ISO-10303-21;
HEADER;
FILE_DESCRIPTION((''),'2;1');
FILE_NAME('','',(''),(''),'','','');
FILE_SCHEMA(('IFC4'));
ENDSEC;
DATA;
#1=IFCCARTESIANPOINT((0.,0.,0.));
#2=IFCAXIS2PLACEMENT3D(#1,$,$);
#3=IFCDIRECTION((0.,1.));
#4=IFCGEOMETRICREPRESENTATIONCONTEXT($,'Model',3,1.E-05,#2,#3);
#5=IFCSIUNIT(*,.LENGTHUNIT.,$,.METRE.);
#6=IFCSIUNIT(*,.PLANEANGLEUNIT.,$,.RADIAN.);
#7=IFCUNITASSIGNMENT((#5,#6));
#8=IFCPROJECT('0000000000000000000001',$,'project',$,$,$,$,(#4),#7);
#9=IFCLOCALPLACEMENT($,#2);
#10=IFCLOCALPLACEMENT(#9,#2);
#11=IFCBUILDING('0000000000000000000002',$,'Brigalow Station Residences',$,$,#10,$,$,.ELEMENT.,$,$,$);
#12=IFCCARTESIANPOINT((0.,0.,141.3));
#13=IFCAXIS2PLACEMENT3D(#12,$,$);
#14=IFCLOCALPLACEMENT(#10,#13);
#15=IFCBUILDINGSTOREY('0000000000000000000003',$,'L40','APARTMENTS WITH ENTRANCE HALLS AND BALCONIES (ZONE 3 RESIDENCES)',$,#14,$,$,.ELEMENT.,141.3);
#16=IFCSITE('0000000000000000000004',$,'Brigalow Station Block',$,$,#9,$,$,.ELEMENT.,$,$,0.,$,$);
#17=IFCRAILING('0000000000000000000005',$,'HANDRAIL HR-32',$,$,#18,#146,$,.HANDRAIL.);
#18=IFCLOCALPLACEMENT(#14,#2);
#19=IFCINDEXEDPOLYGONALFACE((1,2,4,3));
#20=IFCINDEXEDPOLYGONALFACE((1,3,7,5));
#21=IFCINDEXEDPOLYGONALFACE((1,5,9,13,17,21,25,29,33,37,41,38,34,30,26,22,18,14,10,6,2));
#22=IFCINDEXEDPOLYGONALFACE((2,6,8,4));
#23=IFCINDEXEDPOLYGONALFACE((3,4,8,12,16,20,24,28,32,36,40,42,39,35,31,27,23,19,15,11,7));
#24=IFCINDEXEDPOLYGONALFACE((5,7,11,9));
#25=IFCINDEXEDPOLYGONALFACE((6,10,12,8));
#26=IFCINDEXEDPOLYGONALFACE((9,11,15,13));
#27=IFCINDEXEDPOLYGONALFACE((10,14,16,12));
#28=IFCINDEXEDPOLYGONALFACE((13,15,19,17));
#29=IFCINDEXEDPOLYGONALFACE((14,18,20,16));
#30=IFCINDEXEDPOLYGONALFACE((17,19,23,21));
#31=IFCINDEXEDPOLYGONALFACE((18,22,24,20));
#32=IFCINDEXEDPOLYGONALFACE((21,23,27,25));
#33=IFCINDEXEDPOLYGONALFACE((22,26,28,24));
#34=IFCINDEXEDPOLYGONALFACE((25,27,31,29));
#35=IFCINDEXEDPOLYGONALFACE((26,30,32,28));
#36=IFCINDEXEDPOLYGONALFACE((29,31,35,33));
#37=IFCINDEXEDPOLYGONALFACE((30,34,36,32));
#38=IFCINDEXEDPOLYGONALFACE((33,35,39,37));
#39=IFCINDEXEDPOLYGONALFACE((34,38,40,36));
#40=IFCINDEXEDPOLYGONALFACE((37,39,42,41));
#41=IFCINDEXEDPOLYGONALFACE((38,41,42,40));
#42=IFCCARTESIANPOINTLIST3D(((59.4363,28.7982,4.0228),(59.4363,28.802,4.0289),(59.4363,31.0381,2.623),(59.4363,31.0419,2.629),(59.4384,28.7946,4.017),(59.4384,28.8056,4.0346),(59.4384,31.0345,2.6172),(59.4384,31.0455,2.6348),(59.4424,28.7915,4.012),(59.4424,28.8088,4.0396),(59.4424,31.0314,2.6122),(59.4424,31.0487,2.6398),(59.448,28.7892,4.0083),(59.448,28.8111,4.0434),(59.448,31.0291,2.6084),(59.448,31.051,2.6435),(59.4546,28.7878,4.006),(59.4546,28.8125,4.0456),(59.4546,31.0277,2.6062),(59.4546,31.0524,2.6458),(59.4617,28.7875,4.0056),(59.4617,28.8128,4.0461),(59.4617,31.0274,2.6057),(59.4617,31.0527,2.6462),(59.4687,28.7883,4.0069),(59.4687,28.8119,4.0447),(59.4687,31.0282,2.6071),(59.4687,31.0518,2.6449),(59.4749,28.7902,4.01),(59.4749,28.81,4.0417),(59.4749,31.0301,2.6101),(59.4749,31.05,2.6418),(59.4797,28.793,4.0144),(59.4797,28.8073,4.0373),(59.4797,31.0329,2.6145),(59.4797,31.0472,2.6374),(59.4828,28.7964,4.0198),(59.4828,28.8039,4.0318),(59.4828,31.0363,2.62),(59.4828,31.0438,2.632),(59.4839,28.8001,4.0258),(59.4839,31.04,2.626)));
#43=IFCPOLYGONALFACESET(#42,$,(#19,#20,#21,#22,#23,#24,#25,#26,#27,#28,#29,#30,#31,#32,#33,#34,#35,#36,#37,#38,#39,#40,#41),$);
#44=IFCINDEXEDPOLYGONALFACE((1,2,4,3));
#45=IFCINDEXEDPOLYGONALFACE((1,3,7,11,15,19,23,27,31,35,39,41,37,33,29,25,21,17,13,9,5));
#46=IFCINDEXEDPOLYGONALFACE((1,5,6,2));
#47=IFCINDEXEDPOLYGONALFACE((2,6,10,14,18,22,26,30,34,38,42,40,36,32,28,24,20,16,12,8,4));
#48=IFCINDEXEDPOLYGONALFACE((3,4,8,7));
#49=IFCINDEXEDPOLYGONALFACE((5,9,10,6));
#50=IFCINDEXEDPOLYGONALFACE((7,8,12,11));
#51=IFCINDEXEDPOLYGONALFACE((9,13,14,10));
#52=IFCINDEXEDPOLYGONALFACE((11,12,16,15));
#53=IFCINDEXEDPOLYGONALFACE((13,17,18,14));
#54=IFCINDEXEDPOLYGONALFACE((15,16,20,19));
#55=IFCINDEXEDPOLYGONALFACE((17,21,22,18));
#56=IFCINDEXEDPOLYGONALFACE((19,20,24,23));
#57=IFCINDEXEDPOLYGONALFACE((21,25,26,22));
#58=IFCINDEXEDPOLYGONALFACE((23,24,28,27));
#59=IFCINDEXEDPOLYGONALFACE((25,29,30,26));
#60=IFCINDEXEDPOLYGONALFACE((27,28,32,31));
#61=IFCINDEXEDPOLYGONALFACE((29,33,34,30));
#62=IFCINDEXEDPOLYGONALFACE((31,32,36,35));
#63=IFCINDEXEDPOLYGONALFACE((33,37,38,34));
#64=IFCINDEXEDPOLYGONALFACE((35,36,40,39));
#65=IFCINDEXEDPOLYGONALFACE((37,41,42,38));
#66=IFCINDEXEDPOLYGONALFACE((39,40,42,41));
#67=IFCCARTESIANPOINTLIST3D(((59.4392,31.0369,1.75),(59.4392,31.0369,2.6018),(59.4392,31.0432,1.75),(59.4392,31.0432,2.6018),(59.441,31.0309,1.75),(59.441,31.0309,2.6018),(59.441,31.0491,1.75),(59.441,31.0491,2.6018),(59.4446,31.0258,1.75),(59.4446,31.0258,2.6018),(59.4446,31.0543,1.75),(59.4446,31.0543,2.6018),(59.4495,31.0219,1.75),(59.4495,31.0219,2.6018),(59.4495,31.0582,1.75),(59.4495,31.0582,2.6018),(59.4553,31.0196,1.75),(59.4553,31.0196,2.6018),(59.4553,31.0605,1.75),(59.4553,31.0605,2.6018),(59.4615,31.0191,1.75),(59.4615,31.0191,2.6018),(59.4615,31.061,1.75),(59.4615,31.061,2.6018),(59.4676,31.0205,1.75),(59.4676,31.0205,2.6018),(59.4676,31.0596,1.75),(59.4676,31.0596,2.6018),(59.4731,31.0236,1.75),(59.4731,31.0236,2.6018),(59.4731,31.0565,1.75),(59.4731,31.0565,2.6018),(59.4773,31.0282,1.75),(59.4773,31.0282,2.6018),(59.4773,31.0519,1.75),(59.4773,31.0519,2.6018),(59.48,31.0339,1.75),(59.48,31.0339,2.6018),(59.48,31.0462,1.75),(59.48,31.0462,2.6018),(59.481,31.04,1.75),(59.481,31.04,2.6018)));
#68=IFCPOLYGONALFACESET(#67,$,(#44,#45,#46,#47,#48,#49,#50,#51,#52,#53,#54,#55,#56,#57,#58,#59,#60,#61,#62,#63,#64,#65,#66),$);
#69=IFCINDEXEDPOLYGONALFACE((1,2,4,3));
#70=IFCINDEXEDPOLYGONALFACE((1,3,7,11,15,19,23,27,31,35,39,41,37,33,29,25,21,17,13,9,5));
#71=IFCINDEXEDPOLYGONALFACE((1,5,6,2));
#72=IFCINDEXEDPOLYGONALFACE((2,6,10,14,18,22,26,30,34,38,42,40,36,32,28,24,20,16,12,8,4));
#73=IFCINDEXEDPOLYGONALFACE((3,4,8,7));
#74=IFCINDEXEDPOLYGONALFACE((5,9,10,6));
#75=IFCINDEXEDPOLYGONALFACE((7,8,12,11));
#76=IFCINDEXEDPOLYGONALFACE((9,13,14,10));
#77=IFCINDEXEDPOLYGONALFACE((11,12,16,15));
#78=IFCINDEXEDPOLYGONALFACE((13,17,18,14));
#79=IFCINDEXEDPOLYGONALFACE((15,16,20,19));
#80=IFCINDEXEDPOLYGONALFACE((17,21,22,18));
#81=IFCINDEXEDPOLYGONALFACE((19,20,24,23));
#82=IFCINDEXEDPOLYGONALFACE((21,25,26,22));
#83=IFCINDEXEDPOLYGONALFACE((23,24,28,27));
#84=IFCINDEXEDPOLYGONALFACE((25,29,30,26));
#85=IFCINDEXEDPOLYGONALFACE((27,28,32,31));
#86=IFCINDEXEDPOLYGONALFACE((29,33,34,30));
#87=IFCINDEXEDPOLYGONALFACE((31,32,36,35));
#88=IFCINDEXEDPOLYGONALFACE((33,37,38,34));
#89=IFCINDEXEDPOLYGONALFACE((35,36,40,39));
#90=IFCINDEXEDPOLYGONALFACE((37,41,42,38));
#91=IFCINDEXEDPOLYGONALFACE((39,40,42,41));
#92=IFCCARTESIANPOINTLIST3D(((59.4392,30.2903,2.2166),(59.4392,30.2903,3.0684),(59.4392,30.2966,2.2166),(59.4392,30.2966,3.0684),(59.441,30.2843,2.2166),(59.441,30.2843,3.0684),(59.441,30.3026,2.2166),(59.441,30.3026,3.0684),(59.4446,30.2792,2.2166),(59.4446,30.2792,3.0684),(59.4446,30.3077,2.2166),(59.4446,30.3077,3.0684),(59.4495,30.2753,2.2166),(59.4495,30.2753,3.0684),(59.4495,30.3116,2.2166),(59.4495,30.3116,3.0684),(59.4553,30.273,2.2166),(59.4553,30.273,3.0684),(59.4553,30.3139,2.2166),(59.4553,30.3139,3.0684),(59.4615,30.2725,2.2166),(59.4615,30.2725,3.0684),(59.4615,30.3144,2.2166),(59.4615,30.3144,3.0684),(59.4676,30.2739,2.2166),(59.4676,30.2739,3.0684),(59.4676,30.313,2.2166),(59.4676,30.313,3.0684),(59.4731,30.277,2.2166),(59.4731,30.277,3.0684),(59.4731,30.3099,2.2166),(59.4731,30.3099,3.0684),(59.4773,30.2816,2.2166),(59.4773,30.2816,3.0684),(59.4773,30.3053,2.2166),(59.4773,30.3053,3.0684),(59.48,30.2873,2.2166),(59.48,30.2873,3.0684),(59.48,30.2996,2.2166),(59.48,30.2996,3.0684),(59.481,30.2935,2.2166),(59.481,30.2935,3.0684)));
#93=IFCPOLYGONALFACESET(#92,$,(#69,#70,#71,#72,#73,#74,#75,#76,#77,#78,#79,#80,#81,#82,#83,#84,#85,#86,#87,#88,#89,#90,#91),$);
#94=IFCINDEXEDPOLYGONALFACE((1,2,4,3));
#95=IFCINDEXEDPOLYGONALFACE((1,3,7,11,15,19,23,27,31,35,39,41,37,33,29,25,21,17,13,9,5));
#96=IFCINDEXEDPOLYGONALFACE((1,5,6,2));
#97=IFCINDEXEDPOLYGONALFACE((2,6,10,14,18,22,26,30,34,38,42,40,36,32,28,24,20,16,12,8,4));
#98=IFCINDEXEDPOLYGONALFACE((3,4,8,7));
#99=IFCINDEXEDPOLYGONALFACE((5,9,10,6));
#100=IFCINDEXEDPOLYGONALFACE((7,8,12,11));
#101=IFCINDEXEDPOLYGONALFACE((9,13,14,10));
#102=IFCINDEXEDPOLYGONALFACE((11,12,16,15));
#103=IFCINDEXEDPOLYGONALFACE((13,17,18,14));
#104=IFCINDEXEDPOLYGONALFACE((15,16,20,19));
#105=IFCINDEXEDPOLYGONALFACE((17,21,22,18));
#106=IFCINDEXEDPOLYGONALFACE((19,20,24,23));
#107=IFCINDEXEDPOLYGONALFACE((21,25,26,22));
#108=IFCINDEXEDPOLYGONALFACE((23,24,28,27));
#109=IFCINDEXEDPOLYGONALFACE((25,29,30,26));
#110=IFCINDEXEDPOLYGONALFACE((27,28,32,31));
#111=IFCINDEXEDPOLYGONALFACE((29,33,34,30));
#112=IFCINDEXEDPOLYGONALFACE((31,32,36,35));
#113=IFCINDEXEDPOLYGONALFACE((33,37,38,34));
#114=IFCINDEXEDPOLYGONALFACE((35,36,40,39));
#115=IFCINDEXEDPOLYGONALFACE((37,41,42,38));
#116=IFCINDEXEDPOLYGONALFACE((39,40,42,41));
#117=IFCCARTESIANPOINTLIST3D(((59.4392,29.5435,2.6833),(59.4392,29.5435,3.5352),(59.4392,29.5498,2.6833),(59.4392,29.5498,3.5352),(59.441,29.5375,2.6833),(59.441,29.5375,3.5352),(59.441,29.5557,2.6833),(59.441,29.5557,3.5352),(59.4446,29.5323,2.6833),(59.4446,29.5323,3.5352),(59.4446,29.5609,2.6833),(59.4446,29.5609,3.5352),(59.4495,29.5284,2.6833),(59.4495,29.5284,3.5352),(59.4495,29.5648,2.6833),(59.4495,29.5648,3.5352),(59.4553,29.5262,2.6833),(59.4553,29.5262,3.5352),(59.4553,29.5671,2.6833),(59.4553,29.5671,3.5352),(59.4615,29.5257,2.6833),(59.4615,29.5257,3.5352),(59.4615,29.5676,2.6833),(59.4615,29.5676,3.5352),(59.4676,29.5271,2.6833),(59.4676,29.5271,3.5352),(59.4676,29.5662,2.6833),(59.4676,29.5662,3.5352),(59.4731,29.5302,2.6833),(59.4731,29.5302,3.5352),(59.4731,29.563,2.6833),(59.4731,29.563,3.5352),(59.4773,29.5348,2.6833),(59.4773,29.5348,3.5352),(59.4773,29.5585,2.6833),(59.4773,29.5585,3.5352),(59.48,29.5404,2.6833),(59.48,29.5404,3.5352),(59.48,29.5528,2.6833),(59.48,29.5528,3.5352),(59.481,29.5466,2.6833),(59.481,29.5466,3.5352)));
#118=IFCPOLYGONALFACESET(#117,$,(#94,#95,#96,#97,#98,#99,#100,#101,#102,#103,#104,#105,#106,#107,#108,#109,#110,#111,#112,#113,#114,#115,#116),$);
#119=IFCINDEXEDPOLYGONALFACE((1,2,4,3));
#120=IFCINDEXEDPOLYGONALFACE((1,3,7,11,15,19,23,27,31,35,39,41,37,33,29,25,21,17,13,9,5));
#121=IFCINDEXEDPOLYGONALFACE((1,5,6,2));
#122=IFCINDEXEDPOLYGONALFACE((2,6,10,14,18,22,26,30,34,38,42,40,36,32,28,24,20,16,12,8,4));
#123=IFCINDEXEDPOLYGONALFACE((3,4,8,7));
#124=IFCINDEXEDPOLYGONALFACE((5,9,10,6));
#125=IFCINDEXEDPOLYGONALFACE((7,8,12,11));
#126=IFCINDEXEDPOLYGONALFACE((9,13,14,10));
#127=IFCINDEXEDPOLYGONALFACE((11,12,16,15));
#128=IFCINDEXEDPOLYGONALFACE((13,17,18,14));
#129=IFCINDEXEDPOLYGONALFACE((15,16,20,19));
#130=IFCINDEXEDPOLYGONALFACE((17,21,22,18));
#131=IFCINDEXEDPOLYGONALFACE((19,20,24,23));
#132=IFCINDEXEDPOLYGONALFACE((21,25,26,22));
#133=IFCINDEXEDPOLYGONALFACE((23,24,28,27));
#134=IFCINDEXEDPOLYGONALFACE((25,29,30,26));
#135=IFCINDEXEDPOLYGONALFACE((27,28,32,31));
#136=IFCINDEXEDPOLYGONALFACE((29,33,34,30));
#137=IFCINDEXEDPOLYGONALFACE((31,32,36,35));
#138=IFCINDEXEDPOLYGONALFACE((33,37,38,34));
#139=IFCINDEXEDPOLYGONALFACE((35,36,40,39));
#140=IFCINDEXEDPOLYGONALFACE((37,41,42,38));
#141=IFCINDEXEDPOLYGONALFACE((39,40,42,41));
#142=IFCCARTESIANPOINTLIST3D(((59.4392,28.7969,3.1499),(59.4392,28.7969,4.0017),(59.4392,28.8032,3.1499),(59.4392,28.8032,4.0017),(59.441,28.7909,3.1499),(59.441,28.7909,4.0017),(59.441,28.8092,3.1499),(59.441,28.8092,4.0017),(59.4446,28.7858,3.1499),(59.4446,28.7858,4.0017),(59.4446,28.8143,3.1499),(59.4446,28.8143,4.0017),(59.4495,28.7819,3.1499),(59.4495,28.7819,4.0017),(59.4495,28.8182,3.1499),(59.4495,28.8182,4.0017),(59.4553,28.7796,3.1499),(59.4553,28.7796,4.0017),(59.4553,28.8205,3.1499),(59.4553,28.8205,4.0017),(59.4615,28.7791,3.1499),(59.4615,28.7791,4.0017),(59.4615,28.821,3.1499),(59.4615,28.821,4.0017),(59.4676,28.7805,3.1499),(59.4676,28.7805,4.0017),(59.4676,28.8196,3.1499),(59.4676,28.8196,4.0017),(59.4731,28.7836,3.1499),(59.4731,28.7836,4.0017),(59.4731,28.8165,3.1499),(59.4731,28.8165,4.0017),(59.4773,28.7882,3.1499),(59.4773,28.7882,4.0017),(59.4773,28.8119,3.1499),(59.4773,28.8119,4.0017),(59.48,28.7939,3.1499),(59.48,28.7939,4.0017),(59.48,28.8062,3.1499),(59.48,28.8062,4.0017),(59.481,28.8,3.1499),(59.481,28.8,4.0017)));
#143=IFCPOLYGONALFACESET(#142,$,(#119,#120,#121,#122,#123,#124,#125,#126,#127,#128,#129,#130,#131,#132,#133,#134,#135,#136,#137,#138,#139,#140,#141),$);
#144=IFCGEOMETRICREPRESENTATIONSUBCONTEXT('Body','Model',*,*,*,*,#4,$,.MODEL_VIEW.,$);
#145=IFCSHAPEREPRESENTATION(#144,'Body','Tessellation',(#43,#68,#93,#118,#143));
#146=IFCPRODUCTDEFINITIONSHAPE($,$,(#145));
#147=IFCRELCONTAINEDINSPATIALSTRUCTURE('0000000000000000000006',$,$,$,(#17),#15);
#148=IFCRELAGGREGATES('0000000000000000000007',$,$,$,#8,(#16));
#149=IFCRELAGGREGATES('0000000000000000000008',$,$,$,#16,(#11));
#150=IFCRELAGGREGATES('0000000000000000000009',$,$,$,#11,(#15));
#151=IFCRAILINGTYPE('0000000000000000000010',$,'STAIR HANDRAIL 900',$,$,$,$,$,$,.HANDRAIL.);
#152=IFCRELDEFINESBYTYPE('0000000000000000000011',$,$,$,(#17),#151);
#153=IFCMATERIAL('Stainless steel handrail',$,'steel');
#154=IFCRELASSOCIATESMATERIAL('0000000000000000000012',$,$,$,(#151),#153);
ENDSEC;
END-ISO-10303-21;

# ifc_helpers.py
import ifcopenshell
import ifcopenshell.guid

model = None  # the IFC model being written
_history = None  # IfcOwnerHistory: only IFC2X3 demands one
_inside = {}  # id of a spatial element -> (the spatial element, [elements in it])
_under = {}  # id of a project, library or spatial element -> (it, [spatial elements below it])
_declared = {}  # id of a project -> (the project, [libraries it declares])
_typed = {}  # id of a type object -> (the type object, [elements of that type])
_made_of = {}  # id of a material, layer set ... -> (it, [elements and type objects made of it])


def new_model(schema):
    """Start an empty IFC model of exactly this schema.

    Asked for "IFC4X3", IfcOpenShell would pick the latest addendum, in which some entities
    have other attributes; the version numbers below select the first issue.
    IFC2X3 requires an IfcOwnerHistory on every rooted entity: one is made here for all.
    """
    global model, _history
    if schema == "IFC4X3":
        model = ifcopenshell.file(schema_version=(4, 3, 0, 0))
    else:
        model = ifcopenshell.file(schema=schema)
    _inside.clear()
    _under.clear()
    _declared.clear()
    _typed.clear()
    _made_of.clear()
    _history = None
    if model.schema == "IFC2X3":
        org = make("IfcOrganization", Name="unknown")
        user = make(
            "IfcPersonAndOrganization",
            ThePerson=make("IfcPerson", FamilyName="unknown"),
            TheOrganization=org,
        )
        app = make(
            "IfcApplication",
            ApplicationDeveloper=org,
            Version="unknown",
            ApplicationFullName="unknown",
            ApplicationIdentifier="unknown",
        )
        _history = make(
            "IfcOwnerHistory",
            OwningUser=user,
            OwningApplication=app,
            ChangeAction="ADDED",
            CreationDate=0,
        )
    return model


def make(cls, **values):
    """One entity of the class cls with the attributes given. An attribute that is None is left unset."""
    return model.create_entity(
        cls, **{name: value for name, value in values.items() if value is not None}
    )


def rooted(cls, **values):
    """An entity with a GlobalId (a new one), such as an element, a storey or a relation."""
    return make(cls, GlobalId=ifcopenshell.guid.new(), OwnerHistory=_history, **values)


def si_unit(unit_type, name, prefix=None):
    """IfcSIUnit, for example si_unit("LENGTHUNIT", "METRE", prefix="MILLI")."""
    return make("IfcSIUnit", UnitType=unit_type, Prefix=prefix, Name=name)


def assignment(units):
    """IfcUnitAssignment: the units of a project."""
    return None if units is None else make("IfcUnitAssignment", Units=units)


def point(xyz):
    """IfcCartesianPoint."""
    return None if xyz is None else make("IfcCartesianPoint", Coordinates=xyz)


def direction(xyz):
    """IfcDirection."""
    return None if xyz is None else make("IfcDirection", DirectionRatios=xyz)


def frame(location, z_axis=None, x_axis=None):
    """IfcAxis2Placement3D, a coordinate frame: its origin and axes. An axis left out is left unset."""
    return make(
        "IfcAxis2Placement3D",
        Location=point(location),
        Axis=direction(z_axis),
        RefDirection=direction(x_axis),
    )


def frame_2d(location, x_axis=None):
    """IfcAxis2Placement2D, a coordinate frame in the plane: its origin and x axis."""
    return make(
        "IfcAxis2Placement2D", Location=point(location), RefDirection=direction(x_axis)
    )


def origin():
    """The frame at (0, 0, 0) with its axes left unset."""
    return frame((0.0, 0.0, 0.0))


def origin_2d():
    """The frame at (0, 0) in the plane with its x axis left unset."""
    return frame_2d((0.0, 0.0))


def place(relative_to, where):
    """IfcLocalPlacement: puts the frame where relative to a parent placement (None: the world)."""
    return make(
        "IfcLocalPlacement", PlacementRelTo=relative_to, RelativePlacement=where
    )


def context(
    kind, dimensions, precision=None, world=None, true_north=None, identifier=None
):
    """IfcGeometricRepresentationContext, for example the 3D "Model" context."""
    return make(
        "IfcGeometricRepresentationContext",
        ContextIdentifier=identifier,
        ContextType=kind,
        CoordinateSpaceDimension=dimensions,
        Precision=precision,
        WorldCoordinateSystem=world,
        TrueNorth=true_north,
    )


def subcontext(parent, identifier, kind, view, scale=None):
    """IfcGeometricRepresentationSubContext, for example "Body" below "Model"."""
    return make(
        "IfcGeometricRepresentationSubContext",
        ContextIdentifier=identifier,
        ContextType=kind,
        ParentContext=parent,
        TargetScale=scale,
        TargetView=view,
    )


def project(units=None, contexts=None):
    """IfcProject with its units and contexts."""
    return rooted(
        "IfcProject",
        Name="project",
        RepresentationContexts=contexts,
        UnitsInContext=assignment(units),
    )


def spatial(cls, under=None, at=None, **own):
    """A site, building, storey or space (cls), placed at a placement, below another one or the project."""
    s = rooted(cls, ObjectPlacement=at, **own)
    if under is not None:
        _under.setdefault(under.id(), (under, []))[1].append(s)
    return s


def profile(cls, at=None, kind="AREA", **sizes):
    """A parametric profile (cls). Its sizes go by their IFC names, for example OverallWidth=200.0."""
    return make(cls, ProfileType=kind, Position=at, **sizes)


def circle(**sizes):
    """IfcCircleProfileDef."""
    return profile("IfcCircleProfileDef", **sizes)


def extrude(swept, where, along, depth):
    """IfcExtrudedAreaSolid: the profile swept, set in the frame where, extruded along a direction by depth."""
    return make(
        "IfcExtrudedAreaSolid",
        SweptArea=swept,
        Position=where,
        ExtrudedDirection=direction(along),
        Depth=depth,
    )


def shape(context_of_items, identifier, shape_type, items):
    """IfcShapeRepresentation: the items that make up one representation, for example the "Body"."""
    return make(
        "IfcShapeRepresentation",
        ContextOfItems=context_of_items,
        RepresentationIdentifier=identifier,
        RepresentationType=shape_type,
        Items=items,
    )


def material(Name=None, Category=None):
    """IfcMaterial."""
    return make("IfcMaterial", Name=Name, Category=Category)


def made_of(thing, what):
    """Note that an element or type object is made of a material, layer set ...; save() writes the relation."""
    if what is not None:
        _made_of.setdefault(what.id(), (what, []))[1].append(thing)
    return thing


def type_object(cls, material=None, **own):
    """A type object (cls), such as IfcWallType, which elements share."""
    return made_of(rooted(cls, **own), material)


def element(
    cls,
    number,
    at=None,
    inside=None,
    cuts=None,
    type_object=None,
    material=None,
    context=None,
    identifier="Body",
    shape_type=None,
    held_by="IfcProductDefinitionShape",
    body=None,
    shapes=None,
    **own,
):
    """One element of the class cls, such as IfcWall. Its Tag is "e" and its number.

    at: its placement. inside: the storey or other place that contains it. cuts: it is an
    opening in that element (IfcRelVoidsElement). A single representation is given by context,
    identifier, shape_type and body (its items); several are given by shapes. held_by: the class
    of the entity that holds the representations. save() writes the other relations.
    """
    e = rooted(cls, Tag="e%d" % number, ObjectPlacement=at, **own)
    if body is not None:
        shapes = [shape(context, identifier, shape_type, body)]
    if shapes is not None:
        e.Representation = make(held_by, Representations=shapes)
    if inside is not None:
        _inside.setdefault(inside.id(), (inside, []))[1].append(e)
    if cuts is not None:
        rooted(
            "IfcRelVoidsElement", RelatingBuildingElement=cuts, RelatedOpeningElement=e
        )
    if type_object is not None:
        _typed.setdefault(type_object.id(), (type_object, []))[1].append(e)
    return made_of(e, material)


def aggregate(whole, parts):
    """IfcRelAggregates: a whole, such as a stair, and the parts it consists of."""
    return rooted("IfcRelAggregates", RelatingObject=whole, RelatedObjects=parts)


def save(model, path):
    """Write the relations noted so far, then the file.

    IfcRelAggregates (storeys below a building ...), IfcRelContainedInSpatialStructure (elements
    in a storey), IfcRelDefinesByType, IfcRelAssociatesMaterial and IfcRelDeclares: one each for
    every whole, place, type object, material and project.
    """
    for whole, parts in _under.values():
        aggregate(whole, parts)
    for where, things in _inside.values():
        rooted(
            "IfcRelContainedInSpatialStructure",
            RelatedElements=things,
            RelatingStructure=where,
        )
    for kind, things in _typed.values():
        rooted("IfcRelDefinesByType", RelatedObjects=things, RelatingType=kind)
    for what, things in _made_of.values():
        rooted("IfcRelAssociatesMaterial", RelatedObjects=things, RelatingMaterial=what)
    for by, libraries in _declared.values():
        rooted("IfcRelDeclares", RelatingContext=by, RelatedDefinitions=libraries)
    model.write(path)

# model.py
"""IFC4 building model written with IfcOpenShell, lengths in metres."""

from ifc_helpers import new_model, si_unit, direction, frame, origin, origin_2d, place, context, subcontext, project, spatial, circle, extrude, material, type_object, element, save


model = new_model("IFC4")

# Units and contexts
model_context = context("Model", 3, precision=1e-05, world=origin(), true_north=direction((0.0, 1.0)))
body_context = subcontext(model_context, "Body", "Model", "MODEL_VIEW")
ifc_project = project(units=[si_unit("LENGTHUNIT", "METRE"), si_unit("PLANEANGLEUNIT", "RADIAN")], contexts=[model_context])

# Site, building, storey
site_placement = place(None, origin())
site = spatial("IfcSite", under=ifc_project, at=site_placement, Name="Brigalow Station Block", CompositionType="ELEMENT", RefElevation=0.0)
building_placement = place(site_placement, origin())
building = spatial("IfcBuilding", under=site, at=building_placement, Name="Brigalow Station Residences", CompositionType="ELEMENT")
storey_placement = place(building_placement, frame((0.0, 0.0, 141.3)))
storey = spatial("IfcBuildingStorey", under=building, at=storey_placement, Name="L40", Description="APARTMENTS WITH ENTRANCE HALLS AND BALCONIES (ZONE 3 RESIDENCES)", CompositionType="ELEMENT", Elevation=141.3)

# Railing
ifc_material_1 = material(Name="Stainless steel handrail", Category="steel")
railing_type_1 = type_object("IfcRailingType", Name="STAIR HANDRAIL 900", PredefinedType="HANDRAIL", material=ifc_material_1)
railing_1_placement = place(storey_placement, frame((59.46, 31.04, 1.75)))
element("IfcRailing", 1, at=railing_1_placement, inside=storey, type_object=railing_type_1, Name="HANDRAIL HR-32", PredefinedType="HANDRAIL", context=body_context, shape_type="SweptSolid", body=[
    extrude(circle(Radius=0.0239, at=origin_2d()), frame((0.0, 0.0, 0.876), z_axis=(0.0, -0.848014, 0.529974), x_axis=(1.0, 0.0, 0.0)), (0.0, 0.0, 1.0), 2.6414),
    extrude(circle(Radius=0.021, at=origin_2d()), origin(), (0.0, 0.0, 1.0), 0.8518),
    extrude(circle(Radius=0.021, at=origin_2d()), frame((0.0, -0.7466, 0.4666)), (0.0, 0.0, 1.0), 0.8518),
    extrude(circle(Radius=0.021, at=origin_2d()), frame((0.0, -1.4934, 0.9333)), (0.0, 0.0, 1.0), 0.8518),
    extrude(circle(Radius=0.021, at=origin_2d()), frame((0.0, -2.24, 1.3999)), (0.0, 0.0, 1.0), 0.8518),
])

save(model, "model.ifc")
